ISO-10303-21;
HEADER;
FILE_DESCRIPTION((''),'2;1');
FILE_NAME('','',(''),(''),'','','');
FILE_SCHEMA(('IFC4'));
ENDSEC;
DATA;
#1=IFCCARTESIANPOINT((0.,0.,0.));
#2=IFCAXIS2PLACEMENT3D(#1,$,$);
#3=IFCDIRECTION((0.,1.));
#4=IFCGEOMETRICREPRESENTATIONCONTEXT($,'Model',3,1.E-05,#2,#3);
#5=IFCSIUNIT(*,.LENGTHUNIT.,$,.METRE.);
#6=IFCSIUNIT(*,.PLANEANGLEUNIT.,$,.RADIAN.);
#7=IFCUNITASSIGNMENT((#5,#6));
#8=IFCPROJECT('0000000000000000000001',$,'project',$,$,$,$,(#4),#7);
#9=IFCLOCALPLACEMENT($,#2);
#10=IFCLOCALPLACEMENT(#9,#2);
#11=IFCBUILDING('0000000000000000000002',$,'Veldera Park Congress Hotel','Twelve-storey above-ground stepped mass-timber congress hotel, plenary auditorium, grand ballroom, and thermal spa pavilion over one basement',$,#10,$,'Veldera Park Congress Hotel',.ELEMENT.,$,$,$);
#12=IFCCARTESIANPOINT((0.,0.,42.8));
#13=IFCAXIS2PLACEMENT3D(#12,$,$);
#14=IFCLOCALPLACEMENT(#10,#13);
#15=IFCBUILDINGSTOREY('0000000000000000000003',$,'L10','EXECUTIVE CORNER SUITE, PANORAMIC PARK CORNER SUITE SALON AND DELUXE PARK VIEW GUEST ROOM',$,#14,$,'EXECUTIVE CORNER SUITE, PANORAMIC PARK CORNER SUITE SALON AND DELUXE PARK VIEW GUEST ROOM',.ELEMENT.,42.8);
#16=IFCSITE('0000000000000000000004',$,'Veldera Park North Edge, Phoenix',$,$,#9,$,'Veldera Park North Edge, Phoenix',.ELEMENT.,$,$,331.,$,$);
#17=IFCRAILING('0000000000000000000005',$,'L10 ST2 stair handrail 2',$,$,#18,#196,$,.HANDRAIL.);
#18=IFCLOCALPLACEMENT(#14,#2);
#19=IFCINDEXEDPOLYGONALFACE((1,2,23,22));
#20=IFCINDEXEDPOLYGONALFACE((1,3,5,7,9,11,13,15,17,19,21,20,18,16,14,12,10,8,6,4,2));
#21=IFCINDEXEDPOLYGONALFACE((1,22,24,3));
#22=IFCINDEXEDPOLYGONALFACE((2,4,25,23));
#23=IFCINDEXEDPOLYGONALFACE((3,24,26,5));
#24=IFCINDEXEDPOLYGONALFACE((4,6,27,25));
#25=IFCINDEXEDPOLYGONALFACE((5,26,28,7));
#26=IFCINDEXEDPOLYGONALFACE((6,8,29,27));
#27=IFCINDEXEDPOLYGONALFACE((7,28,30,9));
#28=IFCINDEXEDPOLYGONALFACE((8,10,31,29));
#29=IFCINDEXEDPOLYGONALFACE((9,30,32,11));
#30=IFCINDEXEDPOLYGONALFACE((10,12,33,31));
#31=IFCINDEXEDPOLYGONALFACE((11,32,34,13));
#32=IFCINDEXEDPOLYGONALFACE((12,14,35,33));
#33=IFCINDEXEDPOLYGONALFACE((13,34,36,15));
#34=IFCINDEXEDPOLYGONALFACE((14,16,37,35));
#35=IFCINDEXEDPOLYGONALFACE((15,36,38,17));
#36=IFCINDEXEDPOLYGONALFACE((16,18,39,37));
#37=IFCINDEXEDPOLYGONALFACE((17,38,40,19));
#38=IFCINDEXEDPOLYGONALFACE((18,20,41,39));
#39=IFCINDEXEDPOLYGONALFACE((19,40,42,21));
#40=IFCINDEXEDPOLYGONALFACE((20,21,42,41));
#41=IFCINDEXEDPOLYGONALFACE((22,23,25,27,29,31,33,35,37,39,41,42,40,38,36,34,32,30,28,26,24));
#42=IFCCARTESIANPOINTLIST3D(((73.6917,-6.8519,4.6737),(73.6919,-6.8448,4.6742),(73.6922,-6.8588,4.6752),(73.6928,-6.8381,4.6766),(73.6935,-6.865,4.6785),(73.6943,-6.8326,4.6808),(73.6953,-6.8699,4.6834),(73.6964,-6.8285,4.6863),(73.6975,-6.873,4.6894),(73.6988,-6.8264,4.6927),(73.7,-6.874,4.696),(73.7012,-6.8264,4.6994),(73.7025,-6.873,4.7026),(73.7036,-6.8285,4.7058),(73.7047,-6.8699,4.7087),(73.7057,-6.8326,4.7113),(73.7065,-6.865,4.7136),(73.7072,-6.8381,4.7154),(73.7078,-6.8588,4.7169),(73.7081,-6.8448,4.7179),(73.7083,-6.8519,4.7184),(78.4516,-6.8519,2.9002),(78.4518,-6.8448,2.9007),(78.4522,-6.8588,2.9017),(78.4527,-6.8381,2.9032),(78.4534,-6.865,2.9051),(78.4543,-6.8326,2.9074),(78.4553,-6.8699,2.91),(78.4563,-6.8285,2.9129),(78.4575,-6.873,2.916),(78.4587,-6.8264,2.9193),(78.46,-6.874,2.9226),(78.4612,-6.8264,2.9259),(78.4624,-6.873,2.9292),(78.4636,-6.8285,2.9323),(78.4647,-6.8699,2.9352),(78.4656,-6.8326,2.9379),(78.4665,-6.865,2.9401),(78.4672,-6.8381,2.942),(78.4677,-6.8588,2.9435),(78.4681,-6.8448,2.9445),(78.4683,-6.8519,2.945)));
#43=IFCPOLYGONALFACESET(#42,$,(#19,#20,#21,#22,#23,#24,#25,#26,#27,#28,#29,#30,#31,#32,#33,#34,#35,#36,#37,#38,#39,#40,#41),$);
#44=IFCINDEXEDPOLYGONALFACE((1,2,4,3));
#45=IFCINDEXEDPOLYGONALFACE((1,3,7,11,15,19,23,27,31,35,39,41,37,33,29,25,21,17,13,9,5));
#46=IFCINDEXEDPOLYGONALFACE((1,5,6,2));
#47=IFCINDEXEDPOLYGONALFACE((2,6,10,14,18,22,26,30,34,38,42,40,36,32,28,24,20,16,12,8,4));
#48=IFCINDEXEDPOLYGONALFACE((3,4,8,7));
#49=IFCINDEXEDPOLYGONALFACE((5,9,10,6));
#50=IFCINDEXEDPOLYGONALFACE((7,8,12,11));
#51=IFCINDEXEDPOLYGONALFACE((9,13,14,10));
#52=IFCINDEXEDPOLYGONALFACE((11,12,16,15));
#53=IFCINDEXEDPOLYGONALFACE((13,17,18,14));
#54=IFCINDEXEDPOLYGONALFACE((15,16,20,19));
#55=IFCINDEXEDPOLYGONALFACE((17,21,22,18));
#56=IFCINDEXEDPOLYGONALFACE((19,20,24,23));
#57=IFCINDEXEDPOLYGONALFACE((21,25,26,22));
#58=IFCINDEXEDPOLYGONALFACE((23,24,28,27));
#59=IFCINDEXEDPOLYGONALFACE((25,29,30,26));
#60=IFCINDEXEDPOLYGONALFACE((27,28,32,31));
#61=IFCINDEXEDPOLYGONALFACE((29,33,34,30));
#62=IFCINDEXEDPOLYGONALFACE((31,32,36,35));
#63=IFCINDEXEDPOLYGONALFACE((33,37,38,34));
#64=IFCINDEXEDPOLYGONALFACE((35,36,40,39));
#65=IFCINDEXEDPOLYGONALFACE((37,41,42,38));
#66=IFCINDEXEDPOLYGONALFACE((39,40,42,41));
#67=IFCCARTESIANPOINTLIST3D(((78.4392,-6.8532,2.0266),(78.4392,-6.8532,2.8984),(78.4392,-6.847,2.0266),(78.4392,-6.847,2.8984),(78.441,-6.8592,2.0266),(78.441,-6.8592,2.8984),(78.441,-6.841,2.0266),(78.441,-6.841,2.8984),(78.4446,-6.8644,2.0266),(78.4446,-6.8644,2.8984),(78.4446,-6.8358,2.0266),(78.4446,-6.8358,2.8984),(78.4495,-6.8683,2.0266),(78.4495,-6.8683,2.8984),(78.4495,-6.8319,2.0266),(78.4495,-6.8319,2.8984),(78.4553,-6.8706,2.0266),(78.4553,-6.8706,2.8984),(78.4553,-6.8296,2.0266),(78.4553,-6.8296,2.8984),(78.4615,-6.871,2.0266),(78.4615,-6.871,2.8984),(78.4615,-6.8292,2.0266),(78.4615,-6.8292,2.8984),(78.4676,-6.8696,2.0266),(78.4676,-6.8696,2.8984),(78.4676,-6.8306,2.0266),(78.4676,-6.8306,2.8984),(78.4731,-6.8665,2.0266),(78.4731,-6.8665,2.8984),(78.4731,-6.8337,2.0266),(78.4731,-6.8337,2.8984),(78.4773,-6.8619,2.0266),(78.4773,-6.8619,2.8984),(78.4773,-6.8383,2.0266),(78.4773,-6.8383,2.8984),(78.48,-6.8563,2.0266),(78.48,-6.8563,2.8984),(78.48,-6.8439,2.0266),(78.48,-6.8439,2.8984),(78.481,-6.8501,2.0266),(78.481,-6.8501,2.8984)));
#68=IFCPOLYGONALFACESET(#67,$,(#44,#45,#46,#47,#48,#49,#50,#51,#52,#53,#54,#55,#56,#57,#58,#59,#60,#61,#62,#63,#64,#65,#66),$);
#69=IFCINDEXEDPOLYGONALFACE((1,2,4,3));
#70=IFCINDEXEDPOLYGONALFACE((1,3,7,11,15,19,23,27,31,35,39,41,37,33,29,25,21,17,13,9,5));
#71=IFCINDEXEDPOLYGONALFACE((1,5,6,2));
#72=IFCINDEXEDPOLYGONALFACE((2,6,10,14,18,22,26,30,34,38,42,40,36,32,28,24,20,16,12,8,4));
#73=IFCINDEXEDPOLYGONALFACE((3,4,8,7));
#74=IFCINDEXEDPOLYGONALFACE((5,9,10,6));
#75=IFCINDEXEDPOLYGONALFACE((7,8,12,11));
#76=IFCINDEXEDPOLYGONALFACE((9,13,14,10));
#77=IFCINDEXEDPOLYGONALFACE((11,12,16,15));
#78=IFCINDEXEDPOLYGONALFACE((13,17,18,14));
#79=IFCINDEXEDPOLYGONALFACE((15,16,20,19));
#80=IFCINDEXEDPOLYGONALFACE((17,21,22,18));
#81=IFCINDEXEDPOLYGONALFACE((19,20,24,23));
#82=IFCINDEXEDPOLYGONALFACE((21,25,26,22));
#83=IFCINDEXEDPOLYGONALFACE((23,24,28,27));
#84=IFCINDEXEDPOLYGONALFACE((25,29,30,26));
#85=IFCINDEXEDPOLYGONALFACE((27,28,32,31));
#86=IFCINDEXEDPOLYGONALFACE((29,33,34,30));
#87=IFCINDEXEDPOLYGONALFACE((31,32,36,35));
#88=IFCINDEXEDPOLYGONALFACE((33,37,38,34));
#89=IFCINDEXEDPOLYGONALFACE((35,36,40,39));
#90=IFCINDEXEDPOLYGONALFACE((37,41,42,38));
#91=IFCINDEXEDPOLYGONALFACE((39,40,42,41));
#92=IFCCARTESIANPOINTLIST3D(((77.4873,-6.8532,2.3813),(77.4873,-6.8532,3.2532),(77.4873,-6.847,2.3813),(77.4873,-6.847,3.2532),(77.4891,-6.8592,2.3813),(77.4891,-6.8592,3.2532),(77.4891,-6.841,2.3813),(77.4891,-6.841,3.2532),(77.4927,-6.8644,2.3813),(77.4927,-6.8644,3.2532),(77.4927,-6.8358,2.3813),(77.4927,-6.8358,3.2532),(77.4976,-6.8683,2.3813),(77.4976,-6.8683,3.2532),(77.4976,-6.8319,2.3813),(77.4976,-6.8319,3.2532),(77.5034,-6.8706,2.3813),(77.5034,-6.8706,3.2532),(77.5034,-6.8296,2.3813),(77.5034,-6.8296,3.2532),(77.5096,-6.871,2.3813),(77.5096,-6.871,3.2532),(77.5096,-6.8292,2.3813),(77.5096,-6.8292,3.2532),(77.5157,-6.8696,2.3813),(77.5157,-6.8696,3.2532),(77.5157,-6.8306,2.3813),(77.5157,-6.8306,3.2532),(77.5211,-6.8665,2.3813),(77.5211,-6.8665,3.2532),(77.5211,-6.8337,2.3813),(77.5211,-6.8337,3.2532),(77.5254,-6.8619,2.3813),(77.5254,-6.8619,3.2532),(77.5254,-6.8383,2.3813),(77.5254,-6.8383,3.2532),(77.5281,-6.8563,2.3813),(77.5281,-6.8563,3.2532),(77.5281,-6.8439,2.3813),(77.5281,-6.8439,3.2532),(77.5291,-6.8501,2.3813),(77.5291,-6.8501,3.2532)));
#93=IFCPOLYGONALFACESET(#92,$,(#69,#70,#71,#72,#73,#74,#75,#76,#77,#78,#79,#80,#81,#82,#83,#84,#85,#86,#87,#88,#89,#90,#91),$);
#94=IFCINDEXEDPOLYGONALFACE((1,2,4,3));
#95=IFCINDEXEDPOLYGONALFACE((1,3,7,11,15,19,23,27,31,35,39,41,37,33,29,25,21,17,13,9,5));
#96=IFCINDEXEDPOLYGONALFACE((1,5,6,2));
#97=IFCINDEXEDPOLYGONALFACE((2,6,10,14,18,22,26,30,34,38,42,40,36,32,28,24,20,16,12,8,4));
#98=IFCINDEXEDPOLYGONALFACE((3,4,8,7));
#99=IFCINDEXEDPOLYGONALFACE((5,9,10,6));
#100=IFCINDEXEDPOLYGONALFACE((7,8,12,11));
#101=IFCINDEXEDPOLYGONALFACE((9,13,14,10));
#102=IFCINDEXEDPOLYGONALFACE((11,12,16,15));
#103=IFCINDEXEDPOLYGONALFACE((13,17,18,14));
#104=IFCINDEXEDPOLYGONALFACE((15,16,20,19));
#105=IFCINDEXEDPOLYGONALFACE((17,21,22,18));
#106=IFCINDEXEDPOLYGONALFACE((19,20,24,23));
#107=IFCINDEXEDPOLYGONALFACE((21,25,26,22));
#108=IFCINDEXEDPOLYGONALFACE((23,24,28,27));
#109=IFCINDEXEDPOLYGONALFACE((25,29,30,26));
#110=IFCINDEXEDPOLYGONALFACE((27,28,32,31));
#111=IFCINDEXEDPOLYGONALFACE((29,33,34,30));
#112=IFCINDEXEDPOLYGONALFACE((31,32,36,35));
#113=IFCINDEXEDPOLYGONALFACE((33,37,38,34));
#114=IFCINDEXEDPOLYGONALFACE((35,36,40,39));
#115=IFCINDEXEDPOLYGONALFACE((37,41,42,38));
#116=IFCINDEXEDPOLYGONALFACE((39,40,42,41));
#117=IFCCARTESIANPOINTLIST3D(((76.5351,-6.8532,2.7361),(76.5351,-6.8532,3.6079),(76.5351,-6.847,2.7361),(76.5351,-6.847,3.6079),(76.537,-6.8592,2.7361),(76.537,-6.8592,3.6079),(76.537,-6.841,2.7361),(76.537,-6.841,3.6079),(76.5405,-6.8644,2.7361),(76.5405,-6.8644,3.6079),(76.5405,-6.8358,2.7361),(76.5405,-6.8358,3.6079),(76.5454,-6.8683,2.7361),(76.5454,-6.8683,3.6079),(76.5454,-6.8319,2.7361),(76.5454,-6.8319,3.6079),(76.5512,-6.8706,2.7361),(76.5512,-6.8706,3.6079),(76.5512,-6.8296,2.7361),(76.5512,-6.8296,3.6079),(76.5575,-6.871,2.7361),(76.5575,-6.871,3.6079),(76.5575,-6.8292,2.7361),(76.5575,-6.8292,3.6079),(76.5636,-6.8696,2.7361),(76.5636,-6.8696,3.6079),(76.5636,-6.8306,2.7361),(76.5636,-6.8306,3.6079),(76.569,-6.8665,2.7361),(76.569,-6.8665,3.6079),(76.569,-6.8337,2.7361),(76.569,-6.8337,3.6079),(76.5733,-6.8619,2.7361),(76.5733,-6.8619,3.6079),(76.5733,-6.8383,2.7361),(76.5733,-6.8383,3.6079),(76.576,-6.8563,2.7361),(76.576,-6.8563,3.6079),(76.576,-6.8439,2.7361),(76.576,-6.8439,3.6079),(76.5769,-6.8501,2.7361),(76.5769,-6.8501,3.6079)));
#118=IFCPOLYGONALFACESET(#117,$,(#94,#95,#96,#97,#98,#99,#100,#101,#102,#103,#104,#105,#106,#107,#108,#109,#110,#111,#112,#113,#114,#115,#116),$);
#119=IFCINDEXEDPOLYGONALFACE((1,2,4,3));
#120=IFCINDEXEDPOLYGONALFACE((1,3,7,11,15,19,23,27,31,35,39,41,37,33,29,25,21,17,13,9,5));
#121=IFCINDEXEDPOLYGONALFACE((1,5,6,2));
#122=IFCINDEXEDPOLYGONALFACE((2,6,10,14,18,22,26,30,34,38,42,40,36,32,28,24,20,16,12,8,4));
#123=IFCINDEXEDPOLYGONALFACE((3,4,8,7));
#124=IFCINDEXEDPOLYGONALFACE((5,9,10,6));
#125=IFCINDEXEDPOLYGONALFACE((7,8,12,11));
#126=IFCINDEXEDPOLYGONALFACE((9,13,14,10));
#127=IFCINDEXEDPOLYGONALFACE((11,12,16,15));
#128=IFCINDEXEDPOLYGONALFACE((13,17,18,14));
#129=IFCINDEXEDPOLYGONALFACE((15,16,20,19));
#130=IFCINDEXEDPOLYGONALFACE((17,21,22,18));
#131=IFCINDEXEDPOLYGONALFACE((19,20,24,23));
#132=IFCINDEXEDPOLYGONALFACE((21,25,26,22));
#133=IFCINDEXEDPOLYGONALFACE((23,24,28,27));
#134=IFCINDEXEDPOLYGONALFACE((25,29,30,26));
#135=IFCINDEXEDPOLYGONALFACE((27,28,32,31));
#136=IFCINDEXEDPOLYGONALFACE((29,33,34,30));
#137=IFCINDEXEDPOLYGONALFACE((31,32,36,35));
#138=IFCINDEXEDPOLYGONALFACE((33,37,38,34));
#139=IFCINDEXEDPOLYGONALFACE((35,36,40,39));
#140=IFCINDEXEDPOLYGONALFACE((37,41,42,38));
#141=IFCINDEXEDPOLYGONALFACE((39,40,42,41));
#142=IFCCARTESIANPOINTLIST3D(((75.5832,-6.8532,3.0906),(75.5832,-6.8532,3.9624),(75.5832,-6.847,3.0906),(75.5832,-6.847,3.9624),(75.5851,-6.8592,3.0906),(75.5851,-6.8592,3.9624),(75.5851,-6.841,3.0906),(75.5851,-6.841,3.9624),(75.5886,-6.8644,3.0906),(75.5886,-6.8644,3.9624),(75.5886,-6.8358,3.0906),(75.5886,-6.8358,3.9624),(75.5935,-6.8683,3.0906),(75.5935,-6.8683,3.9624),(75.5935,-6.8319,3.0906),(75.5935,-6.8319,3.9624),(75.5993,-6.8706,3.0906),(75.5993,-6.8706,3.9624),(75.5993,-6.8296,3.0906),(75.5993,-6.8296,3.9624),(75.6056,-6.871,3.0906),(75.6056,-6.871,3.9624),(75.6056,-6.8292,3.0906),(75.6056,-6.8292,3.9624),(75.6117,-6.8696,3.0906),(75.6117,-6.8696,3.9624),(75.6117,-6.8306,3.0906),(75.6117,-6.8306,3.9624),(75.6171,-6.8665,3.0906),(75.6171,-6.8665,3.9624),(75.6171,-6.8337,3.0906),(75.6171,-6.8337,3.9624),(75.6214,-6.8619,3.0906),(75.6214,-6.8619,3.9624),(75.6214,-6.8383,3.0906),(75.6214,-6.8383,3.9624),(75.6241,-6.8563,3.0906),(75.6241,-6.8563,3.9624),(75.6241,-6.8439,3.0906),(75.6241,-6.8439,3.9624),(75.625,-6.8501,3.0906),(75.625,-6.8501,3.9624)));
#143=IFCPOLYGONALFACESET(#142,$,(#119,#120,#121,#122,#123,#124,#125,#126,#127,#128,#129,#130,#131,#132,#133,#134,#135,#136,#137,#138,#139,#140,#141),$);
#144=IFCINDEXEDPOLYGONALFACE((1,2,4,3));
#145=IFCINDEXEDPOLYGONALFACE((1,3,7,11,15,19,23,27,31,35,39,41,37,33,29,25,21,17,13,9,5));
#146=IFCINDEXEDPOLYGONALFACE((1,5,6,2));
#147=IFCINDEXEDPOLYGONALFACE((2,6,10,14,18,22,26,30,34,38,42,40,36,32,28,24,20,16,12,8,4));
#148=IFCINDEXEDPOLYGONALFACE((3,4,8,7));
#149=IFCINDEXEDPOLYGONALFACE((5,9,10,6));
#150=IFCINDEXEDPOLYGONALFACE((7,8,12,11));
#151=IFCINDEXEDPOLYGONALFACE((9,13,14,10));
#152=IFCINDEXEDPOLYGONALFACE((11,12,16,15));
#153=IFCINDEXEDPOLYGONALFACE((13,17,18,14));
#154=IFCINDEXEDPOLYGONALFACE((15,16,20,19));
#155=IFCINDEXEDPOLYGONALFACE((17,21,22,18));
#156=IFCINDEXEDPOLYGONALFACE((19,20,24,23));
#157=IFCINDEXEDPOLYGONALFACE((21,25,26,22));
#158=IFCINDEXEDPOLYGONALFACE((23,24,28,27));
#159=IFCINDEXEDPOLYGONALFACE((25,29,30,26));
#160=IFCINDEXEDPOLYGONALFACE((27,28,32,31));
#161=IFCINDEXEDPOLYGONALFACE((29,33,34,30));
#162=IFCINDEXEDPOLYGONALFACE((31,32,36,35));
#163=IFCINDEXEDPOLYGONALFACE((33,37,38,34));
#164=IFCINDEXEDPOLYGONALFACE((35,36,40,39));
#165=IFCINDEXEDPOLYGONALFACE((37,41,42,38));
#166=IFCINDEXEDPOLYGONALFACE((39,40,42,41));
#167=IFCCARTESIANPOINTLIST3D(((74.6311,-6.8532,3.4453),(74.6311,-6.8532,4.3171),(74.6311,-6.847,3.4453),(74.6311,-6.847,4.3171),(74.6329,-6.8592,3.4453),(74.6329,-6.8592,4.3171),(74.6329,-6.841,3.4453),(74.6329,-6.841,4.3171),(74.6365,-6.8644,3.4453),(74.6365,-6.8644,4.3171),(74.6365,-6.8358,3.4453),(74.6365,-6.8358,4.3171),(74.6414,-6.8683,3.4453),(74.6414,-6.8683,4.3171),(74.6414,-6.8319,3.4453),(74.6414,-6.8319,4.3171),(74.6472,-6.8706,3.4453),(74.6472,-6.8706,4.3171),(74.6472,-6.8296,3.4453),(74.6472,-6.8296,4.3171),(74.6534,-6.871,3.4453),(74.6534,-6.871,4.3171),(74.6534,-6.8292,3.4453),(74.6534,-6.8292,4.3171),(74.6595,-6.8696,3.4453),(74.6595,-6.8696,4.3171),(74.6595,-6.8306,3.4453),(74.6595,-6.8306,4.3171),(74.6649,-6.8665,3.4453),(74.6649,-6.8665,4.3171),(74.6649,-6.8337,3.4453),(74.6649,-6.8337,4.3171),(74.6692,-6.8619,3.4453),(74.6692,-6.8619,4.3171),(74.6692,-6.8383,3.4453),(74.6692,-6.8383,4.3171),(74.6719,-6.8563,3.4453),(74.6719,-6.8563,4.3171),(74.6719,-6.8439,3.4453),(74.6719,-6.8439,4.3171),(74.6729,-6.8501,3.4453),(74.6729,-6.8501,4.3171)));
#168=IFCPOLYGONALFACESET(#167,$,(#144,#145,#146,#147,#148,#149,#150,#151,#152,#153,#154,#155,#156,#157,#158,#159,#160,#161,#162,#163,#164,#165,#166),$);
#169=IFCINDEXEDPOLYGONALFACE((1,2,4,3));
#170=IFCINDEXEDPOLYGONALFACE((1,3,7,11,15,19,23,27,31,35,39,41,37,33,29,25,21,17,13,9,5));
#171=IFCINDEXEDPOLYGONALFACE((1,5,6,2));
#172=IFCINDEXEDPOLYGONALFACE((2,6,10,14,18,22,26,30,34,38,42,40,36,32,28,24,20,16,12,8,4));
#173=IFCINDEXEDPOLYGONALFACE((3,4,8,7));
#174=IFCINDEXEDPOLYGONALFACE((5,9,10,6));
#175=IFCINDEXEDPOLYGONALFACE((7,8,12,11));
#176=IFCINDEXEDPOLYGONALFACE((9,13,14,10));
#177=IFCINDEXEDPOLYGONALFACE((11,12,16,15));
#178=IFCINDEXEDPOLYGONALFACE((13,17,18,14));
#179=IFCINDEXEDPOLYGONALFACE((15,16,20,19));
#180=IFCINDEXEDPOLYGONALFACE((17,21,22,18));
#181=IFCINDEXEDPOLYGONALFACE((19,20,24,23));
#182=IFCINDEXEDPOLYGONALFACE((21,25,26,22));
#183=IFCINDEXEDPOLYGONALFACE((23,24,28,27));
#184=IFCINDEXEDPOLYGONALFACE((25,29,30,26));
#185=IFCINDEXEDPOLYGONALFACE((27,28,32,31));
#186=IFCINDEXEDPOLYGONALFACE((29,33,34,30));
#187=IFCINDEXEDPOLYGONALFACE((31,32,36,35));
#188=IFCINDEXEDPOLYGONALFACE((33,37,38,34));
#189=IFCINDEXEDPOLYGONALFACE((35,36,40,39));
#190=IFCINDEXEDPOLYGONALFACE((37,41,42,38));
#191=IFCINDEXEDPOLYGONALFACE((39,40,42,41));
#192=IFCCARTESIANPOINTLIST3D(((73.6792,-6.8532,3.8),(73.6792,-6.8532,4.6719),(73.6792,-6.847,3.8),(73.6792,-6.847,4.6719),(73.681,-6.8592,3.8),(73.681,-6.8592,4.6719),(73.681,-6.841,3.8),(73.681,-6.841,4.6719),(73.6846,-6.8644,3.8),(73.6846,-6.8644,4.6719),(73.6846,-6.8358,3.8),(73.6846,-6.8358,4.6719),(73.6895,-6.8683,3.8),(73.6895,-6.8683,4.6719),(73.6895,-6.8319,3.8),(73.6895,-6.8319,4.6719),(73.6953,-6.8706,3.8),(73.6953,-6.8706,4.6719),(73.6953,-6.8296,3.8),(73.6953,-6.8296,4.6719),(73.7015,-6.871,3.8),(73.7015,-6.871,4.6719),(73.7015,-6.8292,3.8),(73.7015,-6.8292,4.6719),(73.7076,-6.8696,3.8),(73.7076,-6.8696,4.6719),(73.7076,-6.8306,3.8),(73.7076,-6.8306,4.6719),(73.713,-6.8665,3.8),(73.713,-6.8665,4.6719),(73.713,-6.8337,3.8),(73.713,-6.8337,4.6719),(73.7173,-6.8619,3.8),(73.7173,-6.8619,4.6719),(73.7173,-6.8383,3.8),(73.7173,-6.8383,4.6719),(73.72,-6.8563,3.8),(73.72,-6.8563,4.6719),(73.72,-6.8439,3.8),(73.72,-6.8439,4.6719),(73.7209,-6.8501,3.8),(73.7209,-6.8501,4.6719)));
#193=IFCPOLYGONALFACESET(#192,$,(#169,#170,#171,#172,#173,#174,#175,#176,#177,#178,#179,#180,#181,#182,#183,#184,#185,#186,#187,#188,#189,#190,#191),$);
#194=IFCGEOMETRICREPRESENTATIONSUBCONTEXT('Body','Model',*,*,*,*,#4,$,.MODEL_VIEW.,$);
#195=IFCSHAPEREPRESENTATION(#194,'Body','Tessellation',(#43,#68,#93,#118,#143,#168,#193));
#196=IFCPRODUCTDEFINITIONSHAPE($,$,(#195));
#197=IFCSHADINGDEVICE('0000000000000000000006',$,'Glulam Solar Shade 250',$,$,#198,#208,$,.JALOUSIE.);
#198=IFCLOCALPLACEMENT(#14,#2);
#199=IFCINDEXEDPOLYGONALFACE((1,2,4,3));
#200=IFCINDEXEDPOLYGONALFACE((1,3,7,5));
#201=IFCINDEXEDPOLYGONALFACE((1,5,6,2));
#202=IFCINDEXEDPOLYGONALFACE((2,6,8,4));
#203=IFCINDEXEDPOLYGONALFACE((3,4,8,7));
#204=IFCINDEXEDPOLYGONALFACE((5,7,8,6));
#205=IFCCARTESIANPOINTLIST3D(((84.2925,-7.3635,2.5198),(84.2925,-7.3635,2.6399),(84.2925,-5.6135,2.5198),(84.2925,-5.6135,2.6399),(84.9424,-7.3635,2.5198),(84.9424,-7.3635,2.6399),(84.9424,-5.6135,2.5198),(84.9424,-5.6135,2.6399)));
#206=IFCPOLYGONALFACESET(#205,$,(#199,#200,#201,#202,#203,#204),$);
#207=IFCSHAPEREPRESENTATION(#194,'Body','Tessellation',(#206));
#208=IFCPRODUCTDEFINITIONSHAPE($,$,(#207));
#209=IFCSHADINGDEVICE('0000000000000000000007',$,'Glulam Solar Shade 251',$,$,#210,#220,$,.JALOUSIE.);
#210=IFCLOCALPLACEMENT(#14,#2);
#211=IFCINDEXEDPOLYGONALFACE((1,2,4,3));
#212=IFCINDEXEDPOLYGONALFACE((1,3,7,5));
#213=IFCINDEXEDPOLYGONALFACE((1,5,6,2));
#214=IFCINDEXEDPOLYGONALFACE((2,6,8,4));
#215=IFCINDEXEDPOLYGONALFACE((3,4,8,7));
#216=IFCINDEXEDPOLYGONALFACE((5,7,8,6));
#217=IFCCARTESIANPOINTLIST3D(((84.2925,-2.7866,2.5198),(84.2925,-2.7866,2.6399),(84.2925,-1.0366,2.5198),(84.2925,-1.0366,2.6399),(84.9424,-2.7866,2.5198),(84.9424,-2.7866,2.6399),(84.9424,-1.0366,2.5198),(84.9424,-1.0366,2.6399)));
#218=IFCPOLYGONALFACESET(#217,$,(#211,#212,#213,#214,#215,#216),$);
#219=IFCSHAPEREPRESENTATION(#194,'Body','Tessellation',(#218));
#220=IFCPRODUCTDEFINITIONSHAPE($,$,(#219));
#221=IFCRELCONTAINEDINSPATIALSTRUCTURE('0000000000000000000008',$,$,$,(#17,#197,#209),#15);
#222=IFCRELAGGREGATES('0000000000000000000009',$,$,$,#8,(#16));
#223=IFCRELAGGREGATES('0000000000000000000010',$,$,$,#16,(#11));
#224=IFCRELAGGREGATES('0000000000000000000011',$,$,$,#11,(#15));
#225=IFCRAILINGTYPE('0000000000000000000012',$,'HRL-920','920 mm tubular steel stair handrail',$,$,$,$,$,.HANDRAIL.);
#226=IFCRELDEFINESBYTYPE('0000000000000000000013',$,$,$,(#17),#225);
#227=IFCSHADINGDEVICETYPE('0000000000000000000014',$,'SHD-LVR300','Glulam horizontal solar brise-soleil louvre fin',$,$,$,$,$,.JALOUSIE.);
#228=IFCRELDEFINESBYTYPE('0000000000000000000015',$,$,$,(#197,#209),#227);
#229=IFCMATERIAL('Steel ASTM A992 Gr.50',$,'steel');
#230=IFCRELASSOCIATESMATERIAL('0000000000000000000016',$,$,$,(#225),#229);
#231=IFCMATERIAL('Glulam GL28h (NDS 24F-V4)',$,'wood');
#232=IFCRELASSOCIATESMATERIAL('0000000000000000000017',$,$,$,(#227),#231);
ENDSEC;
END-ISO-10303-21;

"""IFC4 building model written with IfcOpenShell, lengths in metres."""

from ifc_helpers import new_model, si_unit, direction, frame, origin, origin_2d, place, context, subcontext, project, spatial, rectangle, circle, extrude, material, type_object, element, save


model = new_model("IFC4")

# Units and contexts
model_context = context("Model", 3, precision=1e-05, world=origin(), true_north=direction((0.0, 1.0)))
body_context = subcontext(model_context, "Body", "Model", "MODEL_VIEW")
ifc_project = project(units=[si_unit("LENGTHUNIT", "METRE"), si_unit("PLANEANGLEUNIT", "RADIAN")], contexts=[model_context])

# Site, building, storey
site_placement = place(None, origin())
site = spatial("IfcSite", under=ifc_project, at=site_placement, Name="Veldera Park North Edge, Phoenix", LongName="Veldera Park North Edge, Phoenix", CompositionType="ELEMENT", RefElevation=331.0)
building_placement = place(site_placement, origin())
building = spatial("IfcBuilding", under=site, at=building_placement, Name="Veldera Park Congress Hotel", Description="Twelve-storey above-ground stepped mass-timber congress hotel, plenary auditorium, grand ballroom, and thermal spa pavilion over one basement", LongName="Veldera Park Congress Hotel", CompositionType="ELEMENT")
storey_placement = place(building_placement, frame((0.0, 0.0, 42.8)))
storey = spatial("IfcBuildingStorey", under=building, at=storey_placement, Name="L10", Description="EXECUTIVE CORNER SUITE, PANORAMIC PARK CORNER SUITE SALON AND DELUXE PARK VIEW GUEST ROOM", LongName="EXECUTIVE CORNER SUITE, PANORAMIC PARK CORNER SUITE SALON AND DELUXE PARK VIEW GUEST ROOM", CompositionType="ELEMENT", Elevation=42.8)

# Shared definitions
ifc_material_1 = material(Name="Glulam GL28h (NDS 24F-V4)", Category="wood")

# Railing
ifc_material_2 = material(Name="Steel ASTM A992 Gr.50", Category="steel")
railing_type_1 = type_object("IfcRailingType", Name="HRL-920", Description="920 mm tubular steel stair handrail", PredefinedType="HANDRAIL", material=ifc_material_2)
railing_1_placement = place(storey_placement, frame((78.46, -6.8501, 2.0266)))
element("IfcRailing", 1, at=railing_1_placement, inside=storey, type_object=railing_type_1, Name="L10 ST2 stair handrail 2", PredefinedType="HANDRAIL", context=body_context, shape_type="SweptSolid", body=[
    extrude(circle(Radius=0.0239, at=origin_2d()), frame((0.0, 0.0, 0.896), z_axis=(-0.937076, 0.0, 0.349126), x_axis=(0.0, -1.0, 0.0)), (0.0, 0.0, 1.0), 5.0796),
    extrude(circle(Radius=0.021, at=origin_2d()), origin(), (0.0, 0.0, 1.0), 0.8718),
    extrude(circle(Radius=0.021, at=origin_2d()), frame((-0.9519, 0.0, 0.3547)), (0.0, 0.0, 1.0), 0.8718),
    extrude(circle(Radius=0.021, at=origin_2d()), frame((-1.9041, 0.0, 0.7095)), (0.0, 0.0, 1.0), 0.8718),
    extrude(circle(Radius=0.021, at=origin_2d()), frame((-2.856, 0.0, 1.064)), (0.0, 0.0, 1.0), 0.8718),
    extrude(circle(Radius=0.021, at=origin_2d()), frame((-3.8081, 0.0, 1.4187)), (0.0, 0.0, 1.0), 0.8718),
    extrude(circle(Radius=0.021, at=origin_2d()), frame((-4.76, 0.0, 1.7734)), (0.0, 0.0, 1.0), 0.8718),
])

# Shading devices
shading_device_type = type_object("IfcShadingDeviceType", Name="SHD-LVR300", Description="Glulam horizontal solar brise-soleil louvre fin", PredefinedType="JALOUSIE", material=ifc_material_1)
for number, where, z_axis, x_axis, name in (
    (2, (84.6174, -6.4885, 2.5198), (0.0, 0.0, 1.0), (0.0, 1.0, 0.0), "Glulam Solar Shade 250"),
    (3, (84.6174, -1.9116, 2.5198), (0.0, 0.0, 1.0), (0.0, 1.0, 0.0), "Glulam Solar Shade 251"),
):
    element("IfcShadingDevice", number, at=place(storey_placement, frame(where, z_axis=z_axis, x_axis=x_axis)), inside=storey, type_object=shading_device_type, Name=name, PredefinedType="JALOUSIE", context=body_context, shape_type="SweptSolid", body=[
        extrude(rectangle(XDim=1.75, YDim=0.6499, at=origin_2d()), origin(), (0.0, 0.0, 1.0), 0.1201),
    ])

save(model, "model.ifc")
